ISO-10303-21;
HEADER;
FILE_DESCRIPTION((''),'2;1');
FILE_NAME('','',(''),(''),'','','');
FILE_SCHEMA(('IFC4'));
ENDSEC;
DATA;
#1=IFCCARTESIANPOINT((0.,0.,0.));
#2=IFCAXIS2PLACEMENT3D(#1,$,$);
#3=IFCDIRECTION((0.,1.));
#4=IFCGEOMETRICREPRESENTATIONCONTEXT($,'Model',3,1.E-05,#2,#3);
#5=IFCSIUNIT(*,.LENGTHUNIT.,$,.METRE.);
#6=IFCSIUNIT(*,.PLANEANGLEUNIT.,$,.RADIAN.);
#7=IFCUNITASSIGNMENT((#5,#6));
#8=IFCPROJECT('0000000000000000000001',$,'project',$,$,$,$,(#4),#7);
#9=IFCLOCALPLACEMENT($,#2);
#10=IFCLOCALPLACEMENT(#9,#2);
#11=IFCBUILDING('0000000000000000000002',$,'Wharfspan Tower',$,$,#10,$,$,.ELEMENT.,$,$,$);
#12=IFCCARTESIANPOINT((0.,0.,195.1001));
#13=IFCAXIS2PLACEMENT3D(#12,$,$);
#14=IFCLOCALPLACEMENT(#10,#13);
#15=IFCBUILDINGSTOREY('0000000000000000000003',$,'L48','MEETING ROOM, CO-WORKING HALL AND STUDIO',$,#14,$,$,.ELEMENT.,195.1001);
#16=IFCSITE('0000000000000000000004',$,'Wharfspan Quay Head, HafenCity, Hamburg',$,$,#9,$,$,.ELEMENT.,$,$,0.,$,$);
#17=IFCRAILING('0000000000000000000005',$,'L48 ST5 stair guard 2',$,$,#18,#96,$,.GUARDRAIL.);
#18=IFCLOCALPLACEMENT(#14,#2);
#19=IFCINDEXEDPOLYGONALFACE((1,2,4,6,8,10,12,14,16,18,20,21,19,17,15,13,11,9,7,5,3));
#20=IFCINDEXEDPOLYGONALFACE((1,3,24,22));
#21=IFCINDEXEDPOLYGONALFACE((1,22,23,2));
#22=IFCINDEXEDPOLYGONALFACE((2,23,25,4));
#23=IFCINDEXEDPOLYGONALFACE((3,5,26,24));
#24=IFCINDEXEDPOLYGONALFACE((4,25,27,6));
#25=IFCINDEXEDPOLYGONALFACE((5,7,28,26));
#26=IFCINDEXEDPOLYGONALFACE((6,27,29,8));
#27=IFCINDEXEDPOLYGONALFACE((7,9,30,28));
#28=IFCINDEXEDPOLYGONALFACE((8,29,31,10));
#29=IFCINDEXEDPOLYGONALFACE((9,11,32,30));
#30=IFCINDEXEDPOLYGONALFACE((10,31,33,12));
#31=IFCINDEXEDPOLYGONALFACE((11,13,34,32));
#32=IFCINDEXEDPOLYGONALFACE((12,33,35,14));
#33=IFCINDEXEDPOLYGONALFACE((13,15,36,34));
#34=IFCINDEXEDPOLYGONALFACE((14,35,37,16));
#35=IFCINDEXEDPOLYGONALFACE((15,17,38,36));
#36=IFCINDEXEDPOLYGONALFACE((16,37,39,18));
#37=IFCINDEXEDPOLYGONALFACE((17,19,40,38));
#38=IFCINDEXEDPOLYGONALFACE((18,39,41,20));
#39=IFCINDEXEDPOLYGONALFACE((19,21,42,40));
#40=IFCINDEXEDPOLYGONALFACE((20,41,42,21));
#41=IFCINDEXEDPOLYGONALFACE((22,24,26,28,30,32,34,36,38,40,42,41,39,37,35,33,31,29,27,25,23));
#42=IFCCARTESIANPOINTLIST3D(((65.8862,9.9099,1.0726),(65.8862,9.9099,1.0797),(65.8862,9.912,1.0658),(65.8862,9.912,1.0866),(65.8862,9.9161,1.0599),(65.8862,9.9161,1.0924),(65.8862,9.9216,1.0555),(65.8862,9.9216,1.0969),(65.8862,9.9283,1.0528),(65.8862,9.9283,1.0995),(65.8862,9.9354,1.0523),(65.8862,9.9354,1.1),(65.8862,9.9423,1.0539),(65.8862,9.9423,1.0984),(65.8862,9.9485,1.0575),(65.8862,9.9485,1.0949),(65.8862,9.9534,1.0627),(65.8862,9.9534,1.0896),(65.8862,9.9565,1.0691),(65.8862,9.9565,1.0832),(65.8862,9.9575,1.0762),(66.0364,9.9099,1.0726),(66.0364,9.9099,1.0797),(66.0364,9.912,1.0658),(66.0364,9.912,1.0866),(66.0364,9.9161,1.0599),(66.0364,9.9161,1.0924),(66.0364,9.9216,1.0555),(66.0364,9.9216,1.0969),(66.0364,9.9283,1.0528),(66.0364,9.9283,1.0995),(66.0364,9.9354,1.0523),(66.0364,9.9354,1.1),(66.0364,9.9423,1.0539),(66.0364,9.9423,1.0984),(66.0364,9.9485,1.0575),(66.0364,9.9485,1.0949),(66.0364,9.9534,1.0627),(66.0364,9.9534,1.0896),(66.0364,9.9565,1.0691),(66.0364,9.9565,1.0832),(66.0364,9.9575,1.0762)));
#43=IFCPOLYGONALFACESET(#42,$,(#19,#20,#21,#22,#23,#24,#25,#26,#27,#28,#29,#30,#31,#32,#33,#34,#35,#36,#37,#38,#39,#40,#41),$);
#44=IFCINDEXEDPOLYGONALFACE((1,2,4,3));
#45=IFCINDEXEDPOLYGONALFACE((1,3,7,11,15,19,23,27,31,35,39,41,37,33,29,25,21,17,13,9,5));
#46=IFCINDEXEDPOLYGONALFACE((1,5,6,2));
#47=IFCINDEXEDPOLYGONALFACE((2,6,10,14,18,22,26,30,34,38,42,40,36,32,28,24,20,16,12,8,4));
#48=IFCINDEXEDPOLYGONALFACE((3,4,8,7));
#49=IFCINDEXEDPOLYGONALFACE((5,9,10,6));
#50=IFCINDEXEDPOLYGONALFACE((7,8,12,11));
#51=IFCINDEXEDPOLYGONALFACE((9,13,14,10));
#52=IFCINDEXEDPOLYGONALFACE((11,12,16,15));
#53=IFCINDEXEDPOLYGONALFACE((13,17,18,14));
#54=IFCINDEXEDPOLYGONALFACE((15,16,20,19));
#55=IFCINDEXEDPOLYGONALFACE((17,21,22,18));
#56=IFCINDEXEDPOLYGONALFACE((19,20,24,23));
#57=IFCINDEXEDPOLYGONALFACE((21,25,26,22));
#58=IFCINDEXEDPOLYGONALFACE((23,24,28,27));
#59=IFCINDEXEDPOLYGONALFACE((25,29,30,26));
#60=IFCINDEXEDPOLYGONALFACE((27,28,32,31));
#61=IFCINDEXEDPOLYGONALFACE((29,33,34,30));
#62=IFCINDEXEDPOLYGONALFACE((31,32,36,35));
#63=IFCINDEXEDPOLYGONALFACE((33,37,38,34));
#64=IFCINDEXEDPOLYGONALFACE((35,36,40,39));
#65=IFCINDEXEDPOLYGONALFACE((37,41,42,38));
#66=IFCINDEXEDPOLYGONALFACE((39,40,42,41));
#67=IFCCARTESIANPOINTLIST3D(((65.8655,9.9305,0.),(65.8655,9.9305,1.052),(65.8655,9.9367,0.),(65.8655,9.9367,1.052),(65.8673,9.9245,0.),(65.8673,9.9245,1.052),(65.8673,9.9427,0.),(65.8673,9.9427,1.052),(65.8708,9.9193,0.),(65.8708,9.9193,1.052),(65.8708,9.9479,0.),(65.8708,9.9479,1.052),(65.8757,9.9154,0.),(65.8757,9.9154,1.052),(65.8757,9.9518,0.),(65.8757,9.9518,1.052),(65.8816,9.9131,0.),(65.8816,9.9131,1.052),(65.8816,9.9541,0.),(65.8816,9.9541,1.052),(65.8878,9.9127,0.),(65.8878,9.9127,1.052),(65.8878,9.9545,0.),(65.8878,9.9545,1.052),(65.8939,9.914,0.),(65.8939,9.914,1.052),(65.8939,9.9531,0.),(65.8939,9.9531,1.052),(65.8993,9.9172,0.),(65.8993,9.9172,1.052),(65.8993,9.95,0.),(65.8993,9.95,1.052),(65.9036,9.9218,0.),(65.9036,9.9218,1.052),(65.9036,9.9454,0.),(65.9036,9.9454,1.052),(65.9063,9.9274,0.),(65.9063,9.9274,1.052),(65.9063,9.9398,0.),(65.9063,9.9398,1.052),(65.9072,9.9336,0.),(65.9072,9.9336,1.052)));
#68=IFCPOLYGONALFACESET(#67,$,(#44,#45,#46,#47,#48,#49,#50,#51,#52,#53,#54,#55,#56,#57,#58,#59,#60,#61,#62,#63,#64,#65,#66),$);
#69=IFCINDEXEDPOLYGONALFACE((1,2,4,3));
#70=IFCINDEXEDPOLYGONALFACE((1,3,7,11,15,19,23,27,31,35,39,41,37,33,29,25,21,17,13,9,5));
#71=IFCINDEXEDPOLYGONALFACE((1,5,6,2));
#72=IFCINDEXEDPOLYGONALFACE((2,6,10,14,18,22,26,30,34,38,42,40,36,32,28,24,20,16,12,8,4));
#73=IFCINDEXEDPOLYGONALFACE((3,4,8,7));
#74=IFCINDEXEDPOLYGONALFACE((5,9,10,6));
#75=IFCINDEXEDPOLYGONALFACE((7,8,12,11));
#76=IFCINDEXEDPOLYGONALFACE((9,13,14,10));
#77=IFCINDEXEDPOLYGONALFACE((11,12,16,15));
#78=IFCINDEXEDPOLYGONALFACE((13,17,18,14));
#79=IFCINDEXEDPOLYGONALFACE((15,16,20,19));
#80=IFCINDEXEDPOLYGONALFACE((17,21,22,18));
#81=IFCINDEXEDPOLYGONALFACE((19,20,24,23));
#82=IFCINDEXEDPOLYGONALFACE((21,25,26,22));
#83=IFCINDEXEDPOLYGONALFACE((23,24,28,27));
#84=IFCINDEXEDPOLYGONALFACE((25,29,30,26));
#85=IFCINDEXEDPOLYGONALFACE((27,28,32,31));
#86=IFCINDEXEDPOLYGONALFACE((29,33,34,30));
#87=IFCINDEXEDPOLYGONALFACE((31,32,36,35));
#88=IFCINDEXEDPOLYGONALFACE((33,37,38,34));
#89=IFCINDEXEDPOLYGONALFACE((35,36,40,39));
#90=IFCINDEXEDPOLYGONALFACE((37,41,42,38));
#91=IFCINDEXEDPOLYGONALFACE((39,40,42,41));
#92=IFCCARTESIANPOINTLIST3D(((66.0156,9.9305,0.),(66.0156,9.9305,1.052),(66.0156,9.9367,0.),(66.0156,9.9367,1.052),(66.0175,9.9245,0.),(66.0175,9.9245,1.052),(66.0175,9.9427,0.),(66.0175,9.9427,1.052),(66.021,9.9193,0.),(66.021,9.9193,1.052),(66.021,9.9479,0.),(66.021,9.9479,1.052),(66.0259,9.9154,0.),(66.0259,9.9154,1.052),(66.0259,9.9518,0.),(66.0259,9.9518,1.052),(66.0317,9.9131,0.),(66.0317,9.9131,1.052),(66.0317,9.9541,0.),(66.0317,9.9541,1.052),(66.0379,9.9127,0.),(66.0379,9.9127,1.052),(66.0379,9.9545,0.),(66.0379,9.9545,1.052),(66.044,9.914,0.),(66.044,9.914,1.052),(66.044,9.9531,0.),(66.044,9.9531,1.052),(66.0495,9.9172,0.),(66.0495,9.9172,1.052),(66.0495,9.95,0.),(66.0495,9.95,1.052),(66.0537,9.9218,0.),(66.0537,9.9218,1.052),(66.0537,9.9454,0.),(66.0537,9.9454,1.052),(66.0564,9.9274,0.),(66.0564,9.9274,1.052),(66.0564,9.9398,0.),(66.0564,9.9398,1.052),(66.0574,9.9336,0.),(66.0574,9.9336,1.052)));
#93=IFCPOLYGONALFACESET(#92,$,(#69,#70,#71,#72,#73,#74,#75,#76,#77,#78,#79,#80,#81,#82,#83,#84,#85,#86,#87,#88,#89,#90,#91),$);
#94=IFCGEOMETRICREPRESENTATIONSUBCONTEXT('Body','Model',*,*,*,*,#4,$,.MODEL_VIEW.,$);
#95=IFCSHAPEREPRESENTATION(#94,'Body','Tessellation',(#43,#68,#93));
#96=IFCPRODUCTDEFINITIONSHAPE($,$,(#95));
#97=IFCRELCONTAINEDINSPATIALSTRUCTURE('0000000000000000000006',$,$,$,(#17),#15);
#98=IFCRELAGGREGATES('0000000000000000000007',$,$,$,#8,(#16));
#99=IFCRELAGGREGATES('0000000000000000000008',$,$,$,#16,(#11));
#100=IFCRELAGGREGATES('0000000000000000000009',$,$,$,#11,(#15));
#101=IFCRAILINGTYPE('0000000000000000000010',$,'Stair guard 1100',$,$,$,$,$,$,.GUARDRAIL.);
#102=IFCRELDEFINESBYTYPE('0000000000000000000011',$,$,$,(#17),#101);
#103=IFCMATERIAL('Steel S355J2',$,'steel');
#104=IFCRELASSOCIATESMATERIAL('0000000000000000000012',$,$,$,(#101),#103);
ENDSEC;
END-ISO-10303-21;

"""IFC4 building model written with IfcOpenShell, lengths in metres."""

from ifc_helpers import new_model, si_unit, direction, frame, origin, origin_2d, place, context, subcontext, project, spatial, circle, extrude, material, type_object, element, save


model = new_model("IFC4")

# Units and contexts
model_context = context("Model", 3, precision=1e-05, world=origin(), true_north=direction((0.0, 1.0)))
body_context = subcontext(model_context, "Body", "Model", "MODEL_VIEW")
ifc_project = project(units=[si_unit("LENGTHUNIT", "METRE"), si_unit("PLANEANGLEUNIT", "RADIAN")], contexts=[model_context])

# Site, building, storey
site_placement = place(None, origin())
site = spatial("IfcSite", under=ifc_project, at=site_placement, Name="Wharfspan Quay Head, HafenCity, Hamburg", CompositionType="ELEMENT", RefElevation=0.0)
building_placement = place(site_placement, origin())
building = spatial("IfcBuilding", under=site, at=building_placement, Name="Wharfspan Tower", CompositionType="ELEMENT")
storey_placement = place(building_placement, frame((0.0, 0.0, 195.1001)))
storey = spatial("IfcBuildingStorey", under=building, at=storey_placement, Name="L48", Description="MEETING ROOM, CO-WORKING HALL AND STUDIO", CompositionType="ELEMENT", Elevation=195.1001)

# Shared definitions
ifc_material_1 = material(Name="Steel S355J2", Category="steel")

# Railing
railing_type_1 = type_object("IfcRailingType", Name="Stair guard 1100", PredefinedType="GUARDRAIL", material=ifc_material_1)
railing_1_placement = place(storey_placement, frame((65.8862, 9.9336, 0.0)))
element("IfcRailing", 1, at=railing_1_placement, inside=storey, type_object=railing_type_1, Name="L48 ST5 stair guard 2", PredefinedType="GUARDRAIL", context=body_context, shape_type="SweptSolid", body=[
    extrude(circle(Radius=0.0239, at=origin_2d()), frame((0.0, 0.0, 1.0762), z_axis=(1.0, 0.0, 0.0), x_axis=(0.0, 1.0, 0.0)), (0.0, 0.0, 1.0), 0.1501),
    extrude(circle(Radius=0.021, at=origin_2d()), origin(), (0.0, 0.0, 1.0), 1.052),
    extrude(circle(Radius=0.021, at=origin_2d()), frame((0.1501, 0.0, 0.0)), (0.0, 0.0, 1.0), 1.052),
])

save(model, "model.ifc")
